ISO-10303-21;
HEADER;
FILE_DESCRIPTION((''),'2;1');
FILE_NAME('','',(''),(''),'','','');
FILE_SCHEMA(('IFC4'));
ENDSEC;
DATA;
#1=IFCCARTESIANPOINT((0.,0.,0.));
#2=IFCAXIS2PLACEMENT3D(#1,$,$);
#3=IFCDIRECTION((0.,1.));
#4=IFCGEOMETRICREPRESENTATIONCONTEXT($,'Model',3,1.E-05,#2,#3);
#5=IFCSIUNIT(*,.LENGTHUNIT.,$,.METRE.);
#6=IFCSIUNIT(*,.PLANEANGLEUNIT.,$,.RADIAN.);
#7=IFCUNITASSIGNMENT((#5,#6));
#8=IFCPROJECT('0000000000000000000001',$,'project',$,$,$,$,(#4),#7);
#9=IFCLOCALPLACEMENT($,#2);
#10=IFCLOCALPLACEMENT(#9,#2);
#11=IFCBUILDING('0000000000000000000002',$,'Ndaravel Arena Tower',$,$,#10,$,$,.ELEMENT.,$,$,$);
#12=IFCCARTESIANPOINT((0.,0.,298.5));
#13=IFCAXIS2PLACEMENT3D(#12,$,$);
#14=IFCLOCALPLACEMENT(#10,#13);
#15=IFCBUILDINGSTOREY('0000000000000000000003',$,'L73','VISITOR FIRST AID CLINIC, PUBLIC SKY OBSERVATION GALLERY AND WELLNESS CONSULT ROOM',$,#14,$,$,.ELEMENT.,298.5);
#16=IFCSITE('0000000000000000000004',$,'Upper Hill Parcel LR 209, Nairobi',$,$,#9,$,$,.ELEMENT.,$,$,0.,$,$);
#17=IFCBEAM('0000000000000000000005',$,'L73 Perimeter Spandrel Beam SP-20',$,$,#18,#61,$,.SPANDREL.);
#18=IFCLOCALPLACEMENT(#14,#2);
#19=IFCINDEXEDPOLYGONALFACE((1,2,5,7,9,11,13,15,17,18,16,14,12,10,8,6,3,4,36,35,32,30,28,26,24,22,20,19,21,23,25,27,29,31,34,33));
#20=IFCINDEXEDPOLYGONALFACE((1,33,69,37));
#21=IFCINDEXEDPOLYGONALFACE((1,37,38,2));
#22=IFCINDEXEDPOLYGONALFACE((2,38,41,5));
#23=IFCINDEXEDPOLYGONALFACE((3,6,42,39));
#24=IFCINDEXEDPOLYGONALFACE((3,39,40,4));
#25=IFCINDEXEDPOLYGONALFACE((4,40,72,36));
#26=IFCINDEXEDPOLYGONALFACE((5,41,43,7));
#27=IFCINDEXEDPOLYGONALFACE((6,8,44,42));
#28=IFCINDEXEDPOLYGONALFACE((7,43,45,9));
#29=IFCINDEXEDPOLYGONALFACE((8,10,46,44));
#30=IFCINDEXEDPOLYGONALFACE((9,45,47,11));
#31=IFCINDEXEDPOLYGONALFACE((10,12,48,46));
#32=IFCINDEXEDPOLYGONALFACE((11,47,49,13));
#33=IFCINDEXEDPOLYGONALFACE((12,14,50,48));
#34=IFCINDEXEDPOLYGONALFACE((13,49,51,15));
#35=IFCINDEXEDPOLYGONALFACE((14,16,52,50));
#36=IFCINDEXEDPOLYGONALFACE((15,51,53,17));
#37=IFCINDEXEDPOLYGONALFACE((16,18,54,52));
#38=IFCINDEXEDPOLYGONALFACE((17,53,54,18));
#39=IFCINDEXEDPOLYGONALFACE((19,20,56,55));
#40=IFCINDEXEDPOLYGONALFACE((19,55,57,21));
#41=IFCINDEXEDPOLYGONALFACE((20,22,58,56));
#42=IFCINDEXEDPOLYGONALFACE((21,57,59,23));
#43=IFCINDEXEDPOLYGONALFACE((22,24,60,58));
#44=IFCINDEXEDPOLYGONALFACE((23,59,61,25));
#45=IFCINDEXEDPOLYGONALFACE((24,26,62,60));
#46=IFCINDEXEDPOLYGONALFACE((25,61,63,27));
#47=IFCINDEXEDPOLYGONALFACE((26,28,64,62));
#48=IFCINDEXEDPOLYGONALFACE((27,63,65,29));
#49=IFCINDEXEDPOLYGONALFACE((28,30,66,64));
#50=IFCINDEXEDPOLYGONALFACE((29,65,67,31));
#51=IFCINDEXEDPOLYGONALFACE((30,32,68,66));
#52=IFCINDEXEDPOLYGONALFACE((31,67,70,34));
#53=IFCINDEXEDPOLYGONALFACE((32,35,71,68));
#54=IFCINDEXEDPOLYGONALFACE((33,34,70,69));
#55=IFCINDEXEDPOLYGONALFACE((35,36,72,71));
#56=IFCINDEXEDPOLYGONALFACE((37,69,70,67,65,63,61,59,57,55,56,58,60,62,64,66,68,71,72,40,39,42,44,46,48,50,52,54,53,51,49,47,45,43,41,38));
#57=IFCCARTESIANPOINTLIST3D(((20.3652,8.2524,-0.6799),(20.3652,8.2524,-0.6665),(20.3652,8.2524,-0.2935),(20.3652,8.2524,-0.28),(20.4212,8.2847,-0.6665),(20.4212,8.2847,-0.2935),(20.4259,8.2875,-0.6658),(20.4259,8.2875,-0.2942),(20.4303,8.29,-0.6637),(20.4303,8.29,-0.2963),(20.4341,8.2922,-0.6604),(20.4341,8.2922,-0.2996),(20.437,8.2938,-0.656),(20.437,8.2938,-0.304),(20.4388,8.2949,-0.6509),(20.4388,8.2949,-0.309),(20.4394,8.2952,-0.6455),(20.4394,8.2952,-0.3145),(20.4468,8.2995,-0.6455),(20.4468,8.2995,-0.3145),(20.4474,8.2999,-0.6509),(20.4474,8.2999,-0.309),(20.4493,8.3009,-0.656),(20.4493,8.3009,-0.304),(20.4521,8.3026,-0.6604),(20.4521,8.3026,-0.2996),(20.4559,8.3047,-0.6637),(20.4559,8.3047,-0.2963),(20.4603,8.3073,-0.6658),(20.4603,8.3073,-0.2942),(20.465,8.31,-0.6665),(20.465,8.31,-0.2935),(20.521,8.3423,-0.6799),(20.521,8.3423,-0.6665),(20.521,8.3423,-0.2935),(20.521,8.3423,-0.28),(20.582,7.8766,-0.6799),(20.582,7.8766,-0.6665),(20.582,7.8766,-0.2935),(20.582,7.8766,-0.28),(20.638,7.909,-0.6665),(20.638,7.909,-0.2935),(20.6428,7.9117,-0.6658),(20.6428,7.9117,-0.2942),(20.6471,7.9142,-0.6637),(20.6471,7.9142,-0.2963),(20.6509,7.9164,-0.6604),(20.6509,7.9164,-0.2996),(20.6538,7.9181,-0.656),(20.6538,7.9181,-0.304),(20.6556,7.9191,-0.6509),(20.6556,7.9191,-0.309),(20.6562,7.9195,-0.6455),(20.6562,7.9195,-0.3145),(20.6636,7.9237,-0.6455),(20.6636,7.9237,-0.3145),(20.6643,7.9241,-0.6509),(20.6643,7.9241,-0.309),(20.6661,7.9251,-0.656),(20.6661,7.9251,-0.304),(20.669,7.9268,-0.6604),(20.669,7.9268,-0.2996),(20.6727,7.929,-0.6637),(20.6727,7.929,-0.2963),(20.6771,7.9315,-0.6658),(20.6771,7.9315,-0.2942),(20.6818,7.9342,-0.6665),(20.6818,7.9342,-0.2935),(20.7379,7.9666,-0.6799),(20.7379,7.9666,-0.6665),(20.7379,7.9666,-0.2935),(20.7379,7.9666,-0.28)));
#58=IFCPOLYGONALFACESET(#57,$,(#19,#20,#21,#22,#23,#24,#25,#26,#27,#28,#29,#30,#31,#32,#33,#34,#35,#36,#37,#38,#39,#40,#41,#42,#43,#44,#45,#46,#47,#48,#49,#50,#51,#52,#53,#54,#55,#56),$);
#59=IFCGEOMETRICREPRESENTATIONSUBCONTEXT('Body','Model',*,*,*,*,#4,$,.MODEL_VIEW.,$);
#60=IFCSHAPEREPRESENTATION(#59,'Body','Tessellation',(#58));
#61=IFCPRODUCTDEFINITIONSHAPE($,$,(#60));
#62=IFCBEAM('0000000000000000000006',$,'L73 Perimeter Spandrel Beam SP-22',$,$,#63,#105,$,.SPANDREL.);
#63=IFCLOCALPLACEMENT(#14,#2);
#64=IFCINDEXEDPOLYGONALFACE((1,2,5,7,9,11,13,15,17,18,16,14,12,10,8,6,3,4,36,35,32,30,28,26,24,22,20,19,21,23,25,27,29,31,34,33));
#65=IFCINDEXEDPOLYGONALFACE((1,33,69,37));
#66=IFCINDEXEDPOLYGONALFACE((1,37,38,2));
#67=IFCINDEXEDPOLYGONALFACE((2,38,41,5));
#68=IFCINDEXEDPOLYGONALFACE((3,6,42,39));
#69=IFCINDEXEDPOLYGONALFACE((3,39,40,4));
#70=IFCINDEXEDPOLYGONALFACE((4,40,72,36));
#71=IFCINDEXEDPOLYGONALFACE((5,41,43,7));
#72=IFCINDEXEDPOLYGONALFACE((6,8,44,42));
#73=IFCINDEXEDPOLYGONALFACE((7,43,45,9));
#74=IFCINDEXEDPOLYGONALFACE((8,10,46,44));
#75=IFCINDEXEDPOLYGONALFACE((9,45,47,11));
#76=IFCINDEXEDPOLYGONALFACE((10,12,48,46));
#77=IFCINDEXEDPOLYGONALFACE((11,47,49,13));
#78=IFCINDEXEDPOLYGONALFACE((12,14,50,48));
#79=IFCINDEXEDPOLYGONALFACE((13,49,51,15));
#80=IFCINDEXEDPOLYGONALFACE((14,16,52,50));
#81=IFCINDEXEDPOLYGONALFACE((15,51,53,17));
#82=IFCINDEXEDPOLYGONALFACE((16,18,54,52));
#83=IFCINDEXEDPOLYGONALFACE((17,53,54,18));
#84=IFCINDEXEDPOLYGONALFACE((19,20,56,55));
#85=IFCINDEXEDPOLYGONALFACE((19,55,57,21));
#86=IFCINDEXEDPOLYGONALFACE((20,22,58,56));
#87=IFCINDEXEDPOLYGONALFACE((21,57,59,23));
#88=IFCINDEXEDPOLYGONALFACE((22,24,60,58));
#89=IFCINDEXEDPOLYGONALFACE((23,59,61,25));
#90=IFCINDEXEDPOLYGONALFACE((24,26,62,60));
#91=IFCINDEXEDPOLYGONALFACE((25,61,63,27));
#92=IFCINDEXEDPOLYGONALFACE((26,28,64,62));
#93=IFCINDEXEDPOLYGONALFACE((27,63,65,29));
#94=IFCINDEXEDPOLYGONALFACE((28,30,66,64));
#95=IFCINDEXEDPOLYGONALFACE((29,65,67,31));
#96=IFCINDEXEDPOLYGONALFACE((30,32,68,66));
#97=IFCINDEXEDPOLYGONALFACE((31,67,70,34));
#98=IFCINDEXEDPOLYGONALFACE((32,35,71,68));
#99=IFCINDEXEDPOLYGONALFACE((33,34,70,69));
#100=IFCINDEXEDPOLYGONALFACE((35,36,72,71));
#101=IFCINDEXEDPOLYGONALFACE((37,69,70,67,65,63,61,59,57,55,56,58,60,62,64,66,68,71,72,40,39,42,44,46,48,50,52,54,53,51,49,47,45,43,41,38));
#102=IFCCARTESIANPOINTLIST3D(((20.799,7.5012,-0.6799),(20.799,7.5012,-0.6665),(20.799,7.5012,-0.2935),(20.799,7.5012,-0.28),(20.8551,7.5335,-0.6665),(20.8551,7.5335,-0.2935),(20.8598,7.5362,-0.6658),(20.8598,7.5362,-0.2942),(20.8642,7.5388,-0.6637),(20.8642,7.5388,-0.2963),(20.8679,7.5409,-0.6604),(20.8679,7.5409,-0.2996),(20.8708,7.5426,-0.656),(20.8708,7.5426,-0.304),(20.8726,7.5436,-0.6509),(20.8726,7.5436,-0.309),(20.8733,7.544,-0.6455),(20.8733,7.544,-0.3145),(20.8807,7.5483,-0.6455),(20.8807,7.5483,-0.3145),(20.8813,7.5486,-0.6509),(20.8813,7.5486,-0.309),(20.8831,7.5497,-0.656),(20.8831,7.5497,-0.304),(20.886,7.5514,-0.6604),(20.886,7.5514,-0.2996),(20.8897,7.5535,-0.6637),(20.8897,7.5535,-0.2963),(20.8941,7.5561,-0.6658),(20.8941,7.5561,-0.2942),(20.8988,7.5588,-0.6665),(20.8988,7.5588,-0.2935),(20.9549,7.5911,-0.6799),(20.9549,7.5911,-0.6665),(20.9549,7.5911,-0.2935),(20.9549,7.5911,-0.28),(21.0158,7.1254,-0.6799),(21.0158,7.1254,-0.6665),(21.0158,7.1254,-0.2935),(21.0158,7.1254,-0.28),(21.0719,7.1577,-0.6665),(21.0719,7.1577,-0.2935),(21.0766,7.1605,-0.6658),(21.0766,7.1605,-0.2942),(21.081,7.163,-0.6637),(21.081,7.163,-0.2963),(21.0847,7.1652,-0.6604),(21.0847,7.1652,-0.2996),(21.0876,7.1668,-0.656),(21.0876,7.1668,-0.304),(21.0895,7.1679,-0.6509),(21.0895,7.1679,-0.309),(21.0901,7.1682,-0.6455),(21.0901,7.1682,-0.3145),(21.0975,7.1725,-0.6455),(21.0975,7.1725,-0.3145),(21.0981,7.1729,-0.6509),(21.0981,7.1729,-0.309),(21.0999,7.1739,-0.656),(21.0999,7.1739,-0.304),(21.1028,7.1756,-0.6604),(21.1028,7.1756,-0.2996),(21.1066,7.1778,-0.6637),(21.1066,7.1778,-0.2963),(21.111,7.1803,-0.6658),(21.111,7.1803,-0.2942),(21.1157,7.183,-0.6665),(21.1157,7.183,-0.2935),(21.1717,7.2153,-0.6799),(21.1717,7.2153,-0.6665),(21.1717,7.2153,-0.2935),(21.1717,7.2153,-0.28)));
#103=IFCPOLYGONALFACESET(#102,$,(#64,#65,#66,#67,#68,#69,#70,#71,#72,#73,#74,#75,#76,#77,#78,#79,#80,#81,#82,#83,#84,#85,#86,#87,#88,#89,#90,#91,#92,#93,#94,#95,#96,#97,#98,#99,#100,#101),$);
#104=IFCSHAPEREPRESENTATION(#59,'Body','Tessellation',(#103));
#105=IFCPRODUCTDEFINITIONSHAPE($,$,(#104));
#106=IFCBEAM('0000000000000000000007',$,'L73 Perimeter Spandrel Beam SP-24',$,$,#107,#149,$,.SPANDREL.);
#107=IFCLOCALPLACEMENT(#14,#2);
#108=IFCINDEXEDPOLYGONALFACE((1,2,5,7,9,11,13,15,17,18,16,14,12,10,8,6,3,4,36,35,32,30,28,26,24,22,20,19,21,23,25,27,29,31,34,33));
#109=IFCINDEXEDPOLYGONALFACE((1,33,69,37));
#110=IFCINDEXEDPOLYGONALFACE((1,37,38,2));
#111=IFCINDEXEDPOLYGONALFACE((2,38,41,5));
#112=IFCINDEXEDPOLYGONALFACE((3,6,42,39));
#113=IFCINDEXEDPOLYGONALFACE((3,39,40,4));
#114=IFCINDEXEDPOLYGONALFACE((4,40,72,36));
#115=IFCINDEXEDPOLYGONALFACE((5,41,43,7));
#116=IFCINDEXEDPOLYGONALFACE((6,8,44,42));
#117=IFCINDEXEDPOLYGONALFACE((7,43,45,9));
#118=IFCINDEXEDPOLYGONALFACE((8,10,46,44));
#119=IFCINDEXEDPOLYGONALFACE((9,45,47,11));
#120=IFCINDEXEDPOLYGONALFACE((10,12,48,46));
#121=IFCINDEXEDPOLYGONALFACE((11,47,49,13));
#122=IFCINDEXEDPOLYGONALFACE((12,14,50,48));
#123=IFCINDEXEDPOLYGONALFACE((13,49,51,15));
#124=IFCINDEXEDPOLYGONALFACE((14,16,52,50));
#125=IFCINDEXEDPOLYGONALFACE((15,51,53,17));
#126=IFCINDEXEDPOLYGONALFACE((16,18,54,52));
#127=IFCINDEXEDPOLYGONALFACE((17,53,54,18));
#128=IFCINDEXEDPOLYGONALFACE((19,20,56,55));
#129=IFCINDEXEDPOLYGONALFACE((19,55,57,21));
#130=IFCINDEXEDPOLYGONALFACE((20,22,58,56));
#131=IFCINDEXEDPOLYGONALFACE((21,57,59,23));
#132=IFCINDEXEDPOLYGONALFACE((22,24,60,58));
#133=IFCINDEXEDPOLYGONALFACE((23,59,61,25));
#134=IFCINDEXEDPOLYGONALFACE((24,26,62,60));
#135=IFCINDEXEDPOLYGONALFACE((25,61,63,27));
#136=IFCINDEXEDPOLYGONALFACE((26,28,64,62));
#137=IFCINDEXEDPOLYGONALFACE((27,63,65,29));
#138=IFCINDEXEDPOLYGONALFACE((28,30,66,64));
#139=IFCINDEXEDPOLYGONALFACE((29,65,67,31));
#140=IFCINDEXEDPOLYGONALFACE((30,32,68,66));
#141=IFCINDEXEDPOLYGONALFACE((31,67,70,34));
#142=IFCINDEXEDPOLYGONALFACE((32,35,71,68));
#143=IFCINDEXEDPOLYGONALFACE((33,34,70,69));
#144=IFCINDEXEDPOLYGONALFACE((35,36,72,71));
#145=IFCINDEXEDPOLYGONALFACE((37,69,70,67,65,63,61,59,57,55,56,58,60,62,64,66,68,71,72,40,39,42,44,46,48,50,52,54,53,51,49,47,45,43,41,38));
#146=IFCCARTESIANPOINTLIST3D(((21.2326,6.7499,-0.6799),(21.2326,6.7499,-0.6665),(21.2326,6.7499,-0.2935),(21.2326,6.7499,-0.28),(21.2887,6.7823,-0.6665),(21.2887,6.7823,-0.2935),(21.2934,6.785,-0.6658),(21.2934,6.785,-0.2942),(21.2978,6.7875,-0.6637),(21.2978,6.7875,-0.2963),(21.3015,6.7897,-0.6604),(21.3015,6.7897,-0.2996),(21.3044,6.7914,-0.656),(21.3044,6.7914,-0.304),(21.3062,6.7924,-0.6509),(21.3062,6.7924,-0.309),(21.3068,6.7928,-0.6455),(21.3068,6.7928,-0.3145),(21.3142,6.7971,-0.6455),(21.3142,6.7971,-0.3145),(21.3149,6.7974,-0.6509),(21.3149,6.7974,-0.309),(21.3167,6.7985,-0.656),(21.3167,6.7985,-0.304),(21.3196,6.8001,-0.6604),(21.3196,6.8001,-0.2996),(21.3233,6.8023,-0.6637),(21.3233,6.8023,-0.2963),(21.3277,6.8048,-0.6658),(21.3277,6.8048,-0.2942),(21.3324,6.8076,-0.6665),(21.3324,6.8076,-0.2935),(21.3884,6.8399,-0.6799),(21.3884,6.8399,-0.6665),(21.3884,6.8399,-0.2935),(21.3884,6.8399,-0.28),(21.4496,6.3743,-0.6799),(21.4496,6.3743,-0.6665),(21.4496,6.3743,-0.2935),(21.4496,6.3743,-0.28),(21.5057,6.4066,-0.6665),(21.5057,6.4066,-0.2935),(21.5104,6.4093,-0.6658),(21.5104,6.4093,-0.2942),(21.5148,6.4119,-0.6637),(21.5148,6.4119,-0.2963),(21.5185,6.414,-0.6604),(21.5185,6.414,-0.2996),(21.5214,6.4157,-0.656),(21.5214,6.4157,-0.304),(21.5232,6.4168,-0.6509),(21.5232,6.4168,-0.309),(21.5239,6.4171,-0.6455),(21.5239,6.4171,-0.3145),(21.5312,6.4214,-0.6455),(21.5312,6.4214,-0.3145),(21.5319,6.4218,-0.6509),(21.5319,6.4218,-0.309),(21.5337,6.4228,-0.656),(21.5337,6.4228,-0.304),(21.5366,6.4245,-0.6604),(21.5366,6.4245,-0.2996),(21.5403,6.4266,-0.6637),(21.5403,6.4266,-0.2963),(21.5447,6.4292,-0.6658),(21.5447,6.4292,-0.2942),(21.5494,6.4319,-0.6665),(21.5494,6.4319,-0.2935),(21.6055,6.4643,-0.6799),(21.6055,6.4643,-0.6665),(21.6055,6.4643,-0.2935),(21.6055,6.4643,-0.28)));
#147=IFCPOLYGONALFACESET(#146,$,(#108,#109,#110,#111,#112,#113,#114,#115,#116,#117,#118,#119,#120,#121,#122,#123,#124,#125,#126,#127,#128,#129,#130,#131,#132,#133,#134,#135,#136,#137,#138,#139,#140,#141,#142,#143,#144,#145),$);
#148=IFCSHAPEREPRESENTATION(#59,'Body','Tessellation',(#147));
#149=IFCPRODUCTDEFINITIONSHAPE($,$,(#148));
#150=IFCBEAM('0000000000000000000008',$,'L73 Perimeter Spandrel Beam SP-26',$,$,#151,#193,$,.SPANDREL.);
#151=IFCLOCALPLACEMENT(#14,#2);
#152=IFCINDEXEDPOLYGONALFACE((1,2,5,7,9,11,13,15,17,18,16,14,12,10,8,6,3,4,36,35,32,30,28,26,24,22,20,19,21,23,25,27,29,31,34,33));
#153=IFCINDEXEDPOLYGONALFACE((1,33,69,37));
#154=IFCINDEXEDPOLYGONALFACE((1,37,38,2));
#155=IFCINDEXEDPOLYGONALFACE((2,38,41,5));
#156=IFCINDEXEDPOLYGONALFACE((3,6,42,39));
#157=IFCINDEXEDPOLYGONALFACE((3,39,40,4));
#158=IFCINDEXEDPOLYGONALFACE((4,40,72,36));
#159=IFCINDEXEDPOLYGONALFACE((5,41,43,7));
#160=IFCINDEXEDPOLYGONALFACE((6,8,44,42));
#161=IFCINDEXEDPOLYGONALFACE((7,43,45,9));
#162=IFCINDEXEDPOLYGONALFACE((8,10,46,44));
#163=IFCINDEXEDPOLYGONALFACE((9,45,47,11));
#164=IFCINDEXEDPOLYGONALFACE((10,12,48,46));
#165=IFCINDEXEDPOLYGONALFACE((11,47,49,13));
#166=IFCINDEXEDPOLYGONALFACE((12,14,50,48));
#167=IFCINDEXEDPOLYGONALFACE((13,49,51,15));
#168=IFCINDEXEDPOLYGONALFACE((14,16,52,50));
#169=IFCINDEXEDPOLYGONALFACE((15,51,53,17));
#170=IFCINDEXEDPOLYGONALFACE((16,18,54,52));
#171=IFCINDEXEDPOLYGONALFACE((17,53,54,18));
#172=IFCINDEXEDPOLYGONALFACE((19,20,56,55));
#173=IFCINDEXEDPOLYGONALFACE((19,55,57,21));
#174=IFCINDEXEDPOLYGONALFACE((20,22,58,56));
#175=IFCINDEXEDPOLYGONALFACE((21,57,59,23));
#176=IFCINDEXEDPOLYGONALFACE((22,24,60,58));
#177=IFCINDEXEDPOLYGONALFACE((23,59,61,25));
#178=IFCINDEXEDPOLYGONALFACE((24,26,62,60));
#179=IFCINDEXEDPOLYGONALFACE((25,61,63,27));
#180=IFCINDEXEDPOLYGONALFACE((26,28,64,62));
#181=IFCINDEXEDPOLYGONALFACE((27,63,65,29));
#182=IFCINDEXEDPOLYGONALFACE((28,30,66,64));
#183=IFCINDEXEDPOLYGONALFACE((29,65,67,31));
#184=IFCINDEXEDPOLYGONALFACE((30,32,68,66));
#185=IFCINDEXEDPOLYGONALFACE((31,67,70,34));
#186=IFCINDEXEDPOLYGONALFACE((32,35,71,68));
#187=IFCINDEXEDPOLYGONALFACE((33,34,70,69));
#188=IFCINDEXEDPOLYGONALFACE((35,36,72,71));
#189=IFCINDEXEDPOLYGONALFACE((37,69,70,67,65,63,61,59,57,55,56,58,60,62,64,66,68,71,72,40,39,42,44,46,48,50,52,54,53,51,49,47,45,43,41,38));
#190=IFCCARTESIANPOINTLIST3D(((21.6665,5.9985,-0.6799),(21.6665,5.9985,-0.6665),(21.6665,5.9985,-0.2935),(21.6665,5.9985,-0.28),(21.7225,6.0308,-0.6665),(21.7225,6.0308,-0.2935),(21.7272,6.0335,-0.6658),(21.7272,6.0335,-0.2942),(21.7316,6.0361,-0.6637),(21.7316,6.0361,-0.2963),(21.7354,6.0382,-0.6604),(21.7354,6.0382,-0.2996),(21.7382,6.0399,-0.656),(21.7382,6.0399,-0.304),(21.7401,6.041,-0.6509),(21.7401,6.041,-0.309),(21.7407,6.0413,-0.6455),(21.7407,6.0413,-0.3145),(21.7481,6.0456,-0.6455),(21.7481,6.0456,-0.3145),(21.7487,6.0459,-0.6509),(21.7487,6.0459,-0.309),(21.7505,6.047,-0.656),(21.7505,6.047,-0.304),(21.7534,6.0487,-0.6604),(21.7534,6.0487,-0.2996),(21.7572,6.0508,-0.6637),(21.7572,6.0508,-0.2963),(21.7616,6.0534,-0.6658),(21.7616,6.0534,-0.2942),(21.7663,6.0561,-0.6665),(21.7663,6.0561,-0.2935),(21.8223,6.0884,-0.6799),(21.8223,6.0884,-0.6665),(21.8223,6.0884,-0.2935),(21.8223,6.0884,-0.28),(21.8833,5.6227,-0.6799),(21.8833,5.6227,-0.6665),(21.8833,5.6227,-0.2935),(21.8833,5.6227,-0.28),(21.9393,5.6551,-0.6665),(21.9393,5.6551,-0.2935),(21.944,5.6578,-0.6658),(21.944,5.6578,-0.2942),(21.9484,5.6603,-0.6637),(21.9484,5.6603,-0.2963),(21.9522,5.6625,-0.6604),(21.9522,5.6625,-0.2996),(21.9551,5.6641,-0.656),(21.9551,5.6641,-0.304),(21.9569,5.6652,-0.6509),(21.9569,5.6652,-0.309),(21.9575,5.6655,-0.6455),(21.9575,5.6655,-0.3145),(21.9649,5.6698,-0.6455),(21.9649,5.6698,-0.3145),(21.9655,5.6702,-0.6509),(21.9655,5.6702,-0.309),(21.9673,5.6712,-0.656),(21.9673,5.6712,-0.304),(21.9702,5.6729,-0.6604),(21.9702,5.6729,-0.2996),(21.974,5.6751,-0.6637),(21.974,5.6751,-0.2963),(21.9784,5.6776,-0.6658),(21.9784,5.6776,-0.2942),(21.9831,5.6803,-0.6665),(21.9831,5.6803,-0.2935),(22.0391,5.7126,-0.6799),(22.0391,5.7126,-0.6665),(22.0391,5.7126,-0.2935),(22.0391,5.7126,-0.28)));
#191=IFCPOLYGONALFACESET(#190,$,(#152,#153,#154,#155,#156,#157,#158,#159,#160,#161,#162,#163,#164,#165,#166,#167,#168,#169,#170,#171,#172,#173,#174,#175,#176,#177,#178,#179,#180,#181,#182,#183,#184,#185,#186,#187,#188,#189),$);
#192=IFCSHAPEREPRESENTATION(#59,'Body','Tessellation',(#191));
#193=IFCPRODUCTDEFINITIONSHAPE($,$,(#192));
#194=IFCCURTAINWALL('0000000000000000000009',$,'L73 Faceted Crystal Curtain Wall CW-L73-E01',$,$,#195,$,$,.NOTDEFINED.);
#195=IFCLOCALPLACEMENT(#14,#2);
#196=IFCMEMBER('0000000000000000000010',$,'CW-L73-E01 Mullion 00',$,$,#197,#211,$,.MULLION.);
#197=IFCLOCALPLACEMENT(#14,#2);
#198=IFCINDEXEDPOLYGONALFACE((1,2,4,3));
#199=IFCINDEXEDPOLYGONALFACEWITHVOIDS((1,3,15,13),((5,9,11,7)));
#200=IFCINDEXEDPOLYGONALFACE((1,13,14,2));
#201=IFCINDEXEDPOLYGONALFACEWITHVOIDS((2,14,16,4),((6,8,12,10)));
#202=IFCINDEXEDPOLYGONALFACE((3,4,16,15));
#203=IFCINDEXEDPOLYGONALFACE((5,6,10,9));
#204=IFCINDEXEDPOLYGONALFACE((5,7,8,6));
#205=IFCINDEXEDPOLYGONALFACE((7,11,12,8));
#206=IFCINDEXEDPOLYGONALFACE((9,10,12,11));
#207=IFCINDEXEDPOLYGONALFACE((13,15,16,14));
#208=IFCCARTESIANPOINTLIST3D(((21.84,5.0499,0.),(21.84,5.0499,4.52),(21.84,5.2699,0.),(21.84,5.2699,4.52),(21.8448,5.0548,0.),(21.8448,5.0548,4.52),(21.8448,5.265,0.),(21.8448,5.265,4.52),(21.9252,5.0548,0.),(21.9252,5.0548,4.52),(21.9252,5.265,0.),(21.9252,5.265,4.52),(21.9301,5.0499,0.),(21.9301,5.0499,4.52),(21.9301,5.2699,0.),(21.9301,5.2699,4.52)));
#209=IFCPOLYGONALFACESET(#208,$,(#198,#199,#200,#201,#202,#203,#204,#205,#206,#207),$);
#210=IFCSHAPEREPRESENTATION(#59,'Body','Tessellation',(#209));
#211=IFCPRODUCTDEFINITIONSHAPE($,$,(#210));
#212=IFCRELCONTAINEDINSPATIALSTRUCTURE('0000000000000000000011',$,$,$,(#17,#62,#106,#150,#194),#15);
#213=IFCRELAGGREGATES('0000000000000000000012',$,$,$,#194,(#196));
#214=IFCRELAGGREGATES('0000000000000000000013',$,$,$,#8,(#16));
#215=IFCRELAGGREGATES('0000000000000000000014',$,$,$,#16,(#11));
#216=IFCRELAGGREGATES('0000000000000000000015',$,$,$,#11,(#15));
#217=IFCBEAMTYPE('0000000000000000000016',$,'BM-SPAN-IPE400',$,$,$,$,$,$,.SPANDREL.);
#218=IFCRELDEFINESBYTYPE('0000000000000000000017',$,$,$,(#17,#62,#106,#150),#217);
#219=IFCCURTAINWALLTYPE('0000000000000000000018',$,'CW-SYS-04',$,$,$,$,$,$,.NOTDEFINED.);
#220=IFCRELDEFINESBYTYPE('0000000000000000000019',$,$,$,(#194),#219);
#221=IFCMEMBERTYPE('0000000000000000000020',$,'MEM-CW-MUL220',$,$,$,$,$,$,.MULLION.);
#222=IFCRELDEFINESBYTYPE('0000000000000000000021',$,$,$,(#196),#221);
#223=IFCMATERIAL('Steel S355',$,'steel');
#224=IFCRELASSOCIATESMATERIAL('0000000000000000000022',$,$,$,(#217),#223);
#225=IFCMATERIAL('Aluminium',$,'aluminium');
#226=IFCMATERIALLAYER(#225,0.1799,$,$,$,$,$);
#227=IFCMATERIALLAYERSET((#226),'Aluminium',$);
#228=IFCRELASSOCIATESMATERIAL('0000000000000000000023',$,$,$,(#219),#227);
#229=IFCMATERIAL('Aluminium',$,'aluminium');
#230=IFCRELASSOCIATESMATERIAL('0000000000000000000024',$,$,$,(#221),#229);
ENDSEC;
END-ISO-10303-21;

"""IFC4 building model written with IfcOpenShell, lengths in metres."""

from ifc_helpers import new_model, si_unit, direction, frame, origin, origin_2d, place, context, subcontext, project, spatial, hollow_rectangle, i_section, extrude, material, layer, layer_set, material_profile, profile_set, type_object, element, aggregate, save


model = new_model("IFC4")

# Units and contexts
model_context = context("Model", 3, precision=1e-05, world=origin(), true_north=direction((0.0, 1.0)))
body_context = subcontext(model_context, "Body", "Model", "MODEL_VIEW")
ifc_project = project(units=[si_unit("LENGTHUNIT", "METRE"), si_unit("PLANEANGLEUNIT", "RADIAN")], contexts=[model_context])

# Site, building, storey
site_placement = place(None, origin())
site = spatial("IfcSite", under=ifc_project, at=site_placement, Name="Upper Hill Parcel LR 209, Nairobi", CompositionType="ELEMENT", RefElevation=0.0)
building_placement = place(site_placement, origin())
building = spatial("IfcBuilding", under=site, at=building_placement, Name="Ndaravel Arena Tower", CompositionType="ELEMENT")
storey_placement = place(building_placement, frame((0.0, 0.0, 298.5)))
storey = spatial("IfcBuildingStorey", under=building, at=storey_placement, Name="L73", Description="VISITOR FIRST AID CLINIC, PUBLIC SKY OBSERVATION GALLERY AND WELLNESS CONSULT ROOM", CompositionType="ELEMENT", Elevation=298.5)

# Beams
ifc_material_1 = material(Name="Steel S355", Category="steel")
ifc_material_profile_1 = material_profile(ifc_material_1, i_section(OverallWidth=0.1799, OverallDepth=0.3999, WebThickness=0.0085, FlangeThickness=0.0134, FilletRadius=0.021, at=origin_2d()), Name="IPE 400")
ifc_profile_set_1 = profile_set([ifc_material_profile_1], Name="Steel S355")
beam_type = type_object("IfcBeamType", Name="BM-SPAN-IPE400", PredefinedType="SPANDREL", material=ifc_profile_set_1)
for number, where, z_axis, x_axis, name in (
    (1, (20.4431, 8.2974, -0.48), (0.499771, -0.866157, 0.0), (0.866157, 0.499771, 0.0), "L73 Perimeter Spandrel Beam SP-20"),
    (2, (20.877, 7.5461, -0.48), (0.499771, -0.866157, 0.0), (0.866157, 0.499771, 0.0), "L73 Perimeter Spandrel Beam SP-22"),
    (3, (21.3105, 6.7949, -0.48), (0.500193, -0.865914, 0.0), (0.865914, 0.500193, 0.0), "L73 Perimeter Spandrel Beam SP-24"),
    (4, (21.7444, 6.0435, -0.48), (0.499771, -0.866157, 0.0), (0.866157, 0.499771, 0.0), "L73 Perimeter Spandrel Beam SP-26"),
):
    element("IfcBeam", number, at=place(storey_placement, frame(where, z_axis=z_axis, x_axis=x_axis)), inside=storey, type_object=beam_type, Name=name, PredefinedType="SPANDREL", context=body_context, shape_type="SweptSolid", body=[
        extrude(i_section(OverallWidth=0.1799, OverallDepth=0.3999, WebThickness=0.0085, FlangeThickness=0.0134, FilletRadius=0.021, at=origin_2d()), origin(), (0.0, 0.0, 1.0), 0.4338),
    ])

# Curtain wall, member
ifc_material_2 = material(Name="Aluminium", Category="aluminium")
ifc_layer_1 = layer(ifc_material_2, 0.1799)
ifc_layer_set_1 = layer_set([ifc_layer_1], Name="Aluminium")
curtain_wall_type = type_object("IfcCurtainWallType", Name="CW-SYS-04", PredefinedType="NOTDEFINED", material=ifc_layer_set_1)
curtain_wall_1_placement = place(storey_placement, origin())
curtain_wall_1 = element("IfcCurtainWall", 5, at=curtain_wall_1_placement, inside=storey, type_object=curtain_wall_type, Name="L73 Faceted Crystal Curtain Wall CW-L73-E01", PredefinedType="NOTDEFINED")
ifc_material_3 = material(Name="Aluminium", Category="aluminium")
ifc_material_profile_2 = material_profile(ifc_material_3, hollow_rectangle(XDim=0.0901, YDim=0.22, WallThickness=0.0049, at=origin_2d()), Name="CW MULLION 90x220x5")
ifc_profile_set_2 = profile_set([ifc_material_profile_2], Name="Aluminium")
member_type_1 = type_object("IfcMemberType", Name="MEM-CW-MUL220", PredefinedType="MULLION", material=ifc_profile_set_2)
member_1_placement = place(storey_placement, frame((21.885, 5.1599, 0.0), z_axis=(0.0, 0.0, 1.0), x_axis=(1.0, 0.0, 0.0)))
member_1 = element("IfcMember", 6, at=member_1_placement, type_object=member_type_1, Name="CW-L73-E01 Mullion 00", PredefinedType="MULLION", context=body_context, shape_type="SweptSolid", body=[
    extrude(hollow_rectangle(XDim=0.0901, YDim=0.22, WallThickness=0.0049, at=origin_2d()), origin(), (0.0, 0.0, 1.0), 4.52),
])

aggregate(curtain_wall_1, [member_1])

save(model, "model.ifc")
